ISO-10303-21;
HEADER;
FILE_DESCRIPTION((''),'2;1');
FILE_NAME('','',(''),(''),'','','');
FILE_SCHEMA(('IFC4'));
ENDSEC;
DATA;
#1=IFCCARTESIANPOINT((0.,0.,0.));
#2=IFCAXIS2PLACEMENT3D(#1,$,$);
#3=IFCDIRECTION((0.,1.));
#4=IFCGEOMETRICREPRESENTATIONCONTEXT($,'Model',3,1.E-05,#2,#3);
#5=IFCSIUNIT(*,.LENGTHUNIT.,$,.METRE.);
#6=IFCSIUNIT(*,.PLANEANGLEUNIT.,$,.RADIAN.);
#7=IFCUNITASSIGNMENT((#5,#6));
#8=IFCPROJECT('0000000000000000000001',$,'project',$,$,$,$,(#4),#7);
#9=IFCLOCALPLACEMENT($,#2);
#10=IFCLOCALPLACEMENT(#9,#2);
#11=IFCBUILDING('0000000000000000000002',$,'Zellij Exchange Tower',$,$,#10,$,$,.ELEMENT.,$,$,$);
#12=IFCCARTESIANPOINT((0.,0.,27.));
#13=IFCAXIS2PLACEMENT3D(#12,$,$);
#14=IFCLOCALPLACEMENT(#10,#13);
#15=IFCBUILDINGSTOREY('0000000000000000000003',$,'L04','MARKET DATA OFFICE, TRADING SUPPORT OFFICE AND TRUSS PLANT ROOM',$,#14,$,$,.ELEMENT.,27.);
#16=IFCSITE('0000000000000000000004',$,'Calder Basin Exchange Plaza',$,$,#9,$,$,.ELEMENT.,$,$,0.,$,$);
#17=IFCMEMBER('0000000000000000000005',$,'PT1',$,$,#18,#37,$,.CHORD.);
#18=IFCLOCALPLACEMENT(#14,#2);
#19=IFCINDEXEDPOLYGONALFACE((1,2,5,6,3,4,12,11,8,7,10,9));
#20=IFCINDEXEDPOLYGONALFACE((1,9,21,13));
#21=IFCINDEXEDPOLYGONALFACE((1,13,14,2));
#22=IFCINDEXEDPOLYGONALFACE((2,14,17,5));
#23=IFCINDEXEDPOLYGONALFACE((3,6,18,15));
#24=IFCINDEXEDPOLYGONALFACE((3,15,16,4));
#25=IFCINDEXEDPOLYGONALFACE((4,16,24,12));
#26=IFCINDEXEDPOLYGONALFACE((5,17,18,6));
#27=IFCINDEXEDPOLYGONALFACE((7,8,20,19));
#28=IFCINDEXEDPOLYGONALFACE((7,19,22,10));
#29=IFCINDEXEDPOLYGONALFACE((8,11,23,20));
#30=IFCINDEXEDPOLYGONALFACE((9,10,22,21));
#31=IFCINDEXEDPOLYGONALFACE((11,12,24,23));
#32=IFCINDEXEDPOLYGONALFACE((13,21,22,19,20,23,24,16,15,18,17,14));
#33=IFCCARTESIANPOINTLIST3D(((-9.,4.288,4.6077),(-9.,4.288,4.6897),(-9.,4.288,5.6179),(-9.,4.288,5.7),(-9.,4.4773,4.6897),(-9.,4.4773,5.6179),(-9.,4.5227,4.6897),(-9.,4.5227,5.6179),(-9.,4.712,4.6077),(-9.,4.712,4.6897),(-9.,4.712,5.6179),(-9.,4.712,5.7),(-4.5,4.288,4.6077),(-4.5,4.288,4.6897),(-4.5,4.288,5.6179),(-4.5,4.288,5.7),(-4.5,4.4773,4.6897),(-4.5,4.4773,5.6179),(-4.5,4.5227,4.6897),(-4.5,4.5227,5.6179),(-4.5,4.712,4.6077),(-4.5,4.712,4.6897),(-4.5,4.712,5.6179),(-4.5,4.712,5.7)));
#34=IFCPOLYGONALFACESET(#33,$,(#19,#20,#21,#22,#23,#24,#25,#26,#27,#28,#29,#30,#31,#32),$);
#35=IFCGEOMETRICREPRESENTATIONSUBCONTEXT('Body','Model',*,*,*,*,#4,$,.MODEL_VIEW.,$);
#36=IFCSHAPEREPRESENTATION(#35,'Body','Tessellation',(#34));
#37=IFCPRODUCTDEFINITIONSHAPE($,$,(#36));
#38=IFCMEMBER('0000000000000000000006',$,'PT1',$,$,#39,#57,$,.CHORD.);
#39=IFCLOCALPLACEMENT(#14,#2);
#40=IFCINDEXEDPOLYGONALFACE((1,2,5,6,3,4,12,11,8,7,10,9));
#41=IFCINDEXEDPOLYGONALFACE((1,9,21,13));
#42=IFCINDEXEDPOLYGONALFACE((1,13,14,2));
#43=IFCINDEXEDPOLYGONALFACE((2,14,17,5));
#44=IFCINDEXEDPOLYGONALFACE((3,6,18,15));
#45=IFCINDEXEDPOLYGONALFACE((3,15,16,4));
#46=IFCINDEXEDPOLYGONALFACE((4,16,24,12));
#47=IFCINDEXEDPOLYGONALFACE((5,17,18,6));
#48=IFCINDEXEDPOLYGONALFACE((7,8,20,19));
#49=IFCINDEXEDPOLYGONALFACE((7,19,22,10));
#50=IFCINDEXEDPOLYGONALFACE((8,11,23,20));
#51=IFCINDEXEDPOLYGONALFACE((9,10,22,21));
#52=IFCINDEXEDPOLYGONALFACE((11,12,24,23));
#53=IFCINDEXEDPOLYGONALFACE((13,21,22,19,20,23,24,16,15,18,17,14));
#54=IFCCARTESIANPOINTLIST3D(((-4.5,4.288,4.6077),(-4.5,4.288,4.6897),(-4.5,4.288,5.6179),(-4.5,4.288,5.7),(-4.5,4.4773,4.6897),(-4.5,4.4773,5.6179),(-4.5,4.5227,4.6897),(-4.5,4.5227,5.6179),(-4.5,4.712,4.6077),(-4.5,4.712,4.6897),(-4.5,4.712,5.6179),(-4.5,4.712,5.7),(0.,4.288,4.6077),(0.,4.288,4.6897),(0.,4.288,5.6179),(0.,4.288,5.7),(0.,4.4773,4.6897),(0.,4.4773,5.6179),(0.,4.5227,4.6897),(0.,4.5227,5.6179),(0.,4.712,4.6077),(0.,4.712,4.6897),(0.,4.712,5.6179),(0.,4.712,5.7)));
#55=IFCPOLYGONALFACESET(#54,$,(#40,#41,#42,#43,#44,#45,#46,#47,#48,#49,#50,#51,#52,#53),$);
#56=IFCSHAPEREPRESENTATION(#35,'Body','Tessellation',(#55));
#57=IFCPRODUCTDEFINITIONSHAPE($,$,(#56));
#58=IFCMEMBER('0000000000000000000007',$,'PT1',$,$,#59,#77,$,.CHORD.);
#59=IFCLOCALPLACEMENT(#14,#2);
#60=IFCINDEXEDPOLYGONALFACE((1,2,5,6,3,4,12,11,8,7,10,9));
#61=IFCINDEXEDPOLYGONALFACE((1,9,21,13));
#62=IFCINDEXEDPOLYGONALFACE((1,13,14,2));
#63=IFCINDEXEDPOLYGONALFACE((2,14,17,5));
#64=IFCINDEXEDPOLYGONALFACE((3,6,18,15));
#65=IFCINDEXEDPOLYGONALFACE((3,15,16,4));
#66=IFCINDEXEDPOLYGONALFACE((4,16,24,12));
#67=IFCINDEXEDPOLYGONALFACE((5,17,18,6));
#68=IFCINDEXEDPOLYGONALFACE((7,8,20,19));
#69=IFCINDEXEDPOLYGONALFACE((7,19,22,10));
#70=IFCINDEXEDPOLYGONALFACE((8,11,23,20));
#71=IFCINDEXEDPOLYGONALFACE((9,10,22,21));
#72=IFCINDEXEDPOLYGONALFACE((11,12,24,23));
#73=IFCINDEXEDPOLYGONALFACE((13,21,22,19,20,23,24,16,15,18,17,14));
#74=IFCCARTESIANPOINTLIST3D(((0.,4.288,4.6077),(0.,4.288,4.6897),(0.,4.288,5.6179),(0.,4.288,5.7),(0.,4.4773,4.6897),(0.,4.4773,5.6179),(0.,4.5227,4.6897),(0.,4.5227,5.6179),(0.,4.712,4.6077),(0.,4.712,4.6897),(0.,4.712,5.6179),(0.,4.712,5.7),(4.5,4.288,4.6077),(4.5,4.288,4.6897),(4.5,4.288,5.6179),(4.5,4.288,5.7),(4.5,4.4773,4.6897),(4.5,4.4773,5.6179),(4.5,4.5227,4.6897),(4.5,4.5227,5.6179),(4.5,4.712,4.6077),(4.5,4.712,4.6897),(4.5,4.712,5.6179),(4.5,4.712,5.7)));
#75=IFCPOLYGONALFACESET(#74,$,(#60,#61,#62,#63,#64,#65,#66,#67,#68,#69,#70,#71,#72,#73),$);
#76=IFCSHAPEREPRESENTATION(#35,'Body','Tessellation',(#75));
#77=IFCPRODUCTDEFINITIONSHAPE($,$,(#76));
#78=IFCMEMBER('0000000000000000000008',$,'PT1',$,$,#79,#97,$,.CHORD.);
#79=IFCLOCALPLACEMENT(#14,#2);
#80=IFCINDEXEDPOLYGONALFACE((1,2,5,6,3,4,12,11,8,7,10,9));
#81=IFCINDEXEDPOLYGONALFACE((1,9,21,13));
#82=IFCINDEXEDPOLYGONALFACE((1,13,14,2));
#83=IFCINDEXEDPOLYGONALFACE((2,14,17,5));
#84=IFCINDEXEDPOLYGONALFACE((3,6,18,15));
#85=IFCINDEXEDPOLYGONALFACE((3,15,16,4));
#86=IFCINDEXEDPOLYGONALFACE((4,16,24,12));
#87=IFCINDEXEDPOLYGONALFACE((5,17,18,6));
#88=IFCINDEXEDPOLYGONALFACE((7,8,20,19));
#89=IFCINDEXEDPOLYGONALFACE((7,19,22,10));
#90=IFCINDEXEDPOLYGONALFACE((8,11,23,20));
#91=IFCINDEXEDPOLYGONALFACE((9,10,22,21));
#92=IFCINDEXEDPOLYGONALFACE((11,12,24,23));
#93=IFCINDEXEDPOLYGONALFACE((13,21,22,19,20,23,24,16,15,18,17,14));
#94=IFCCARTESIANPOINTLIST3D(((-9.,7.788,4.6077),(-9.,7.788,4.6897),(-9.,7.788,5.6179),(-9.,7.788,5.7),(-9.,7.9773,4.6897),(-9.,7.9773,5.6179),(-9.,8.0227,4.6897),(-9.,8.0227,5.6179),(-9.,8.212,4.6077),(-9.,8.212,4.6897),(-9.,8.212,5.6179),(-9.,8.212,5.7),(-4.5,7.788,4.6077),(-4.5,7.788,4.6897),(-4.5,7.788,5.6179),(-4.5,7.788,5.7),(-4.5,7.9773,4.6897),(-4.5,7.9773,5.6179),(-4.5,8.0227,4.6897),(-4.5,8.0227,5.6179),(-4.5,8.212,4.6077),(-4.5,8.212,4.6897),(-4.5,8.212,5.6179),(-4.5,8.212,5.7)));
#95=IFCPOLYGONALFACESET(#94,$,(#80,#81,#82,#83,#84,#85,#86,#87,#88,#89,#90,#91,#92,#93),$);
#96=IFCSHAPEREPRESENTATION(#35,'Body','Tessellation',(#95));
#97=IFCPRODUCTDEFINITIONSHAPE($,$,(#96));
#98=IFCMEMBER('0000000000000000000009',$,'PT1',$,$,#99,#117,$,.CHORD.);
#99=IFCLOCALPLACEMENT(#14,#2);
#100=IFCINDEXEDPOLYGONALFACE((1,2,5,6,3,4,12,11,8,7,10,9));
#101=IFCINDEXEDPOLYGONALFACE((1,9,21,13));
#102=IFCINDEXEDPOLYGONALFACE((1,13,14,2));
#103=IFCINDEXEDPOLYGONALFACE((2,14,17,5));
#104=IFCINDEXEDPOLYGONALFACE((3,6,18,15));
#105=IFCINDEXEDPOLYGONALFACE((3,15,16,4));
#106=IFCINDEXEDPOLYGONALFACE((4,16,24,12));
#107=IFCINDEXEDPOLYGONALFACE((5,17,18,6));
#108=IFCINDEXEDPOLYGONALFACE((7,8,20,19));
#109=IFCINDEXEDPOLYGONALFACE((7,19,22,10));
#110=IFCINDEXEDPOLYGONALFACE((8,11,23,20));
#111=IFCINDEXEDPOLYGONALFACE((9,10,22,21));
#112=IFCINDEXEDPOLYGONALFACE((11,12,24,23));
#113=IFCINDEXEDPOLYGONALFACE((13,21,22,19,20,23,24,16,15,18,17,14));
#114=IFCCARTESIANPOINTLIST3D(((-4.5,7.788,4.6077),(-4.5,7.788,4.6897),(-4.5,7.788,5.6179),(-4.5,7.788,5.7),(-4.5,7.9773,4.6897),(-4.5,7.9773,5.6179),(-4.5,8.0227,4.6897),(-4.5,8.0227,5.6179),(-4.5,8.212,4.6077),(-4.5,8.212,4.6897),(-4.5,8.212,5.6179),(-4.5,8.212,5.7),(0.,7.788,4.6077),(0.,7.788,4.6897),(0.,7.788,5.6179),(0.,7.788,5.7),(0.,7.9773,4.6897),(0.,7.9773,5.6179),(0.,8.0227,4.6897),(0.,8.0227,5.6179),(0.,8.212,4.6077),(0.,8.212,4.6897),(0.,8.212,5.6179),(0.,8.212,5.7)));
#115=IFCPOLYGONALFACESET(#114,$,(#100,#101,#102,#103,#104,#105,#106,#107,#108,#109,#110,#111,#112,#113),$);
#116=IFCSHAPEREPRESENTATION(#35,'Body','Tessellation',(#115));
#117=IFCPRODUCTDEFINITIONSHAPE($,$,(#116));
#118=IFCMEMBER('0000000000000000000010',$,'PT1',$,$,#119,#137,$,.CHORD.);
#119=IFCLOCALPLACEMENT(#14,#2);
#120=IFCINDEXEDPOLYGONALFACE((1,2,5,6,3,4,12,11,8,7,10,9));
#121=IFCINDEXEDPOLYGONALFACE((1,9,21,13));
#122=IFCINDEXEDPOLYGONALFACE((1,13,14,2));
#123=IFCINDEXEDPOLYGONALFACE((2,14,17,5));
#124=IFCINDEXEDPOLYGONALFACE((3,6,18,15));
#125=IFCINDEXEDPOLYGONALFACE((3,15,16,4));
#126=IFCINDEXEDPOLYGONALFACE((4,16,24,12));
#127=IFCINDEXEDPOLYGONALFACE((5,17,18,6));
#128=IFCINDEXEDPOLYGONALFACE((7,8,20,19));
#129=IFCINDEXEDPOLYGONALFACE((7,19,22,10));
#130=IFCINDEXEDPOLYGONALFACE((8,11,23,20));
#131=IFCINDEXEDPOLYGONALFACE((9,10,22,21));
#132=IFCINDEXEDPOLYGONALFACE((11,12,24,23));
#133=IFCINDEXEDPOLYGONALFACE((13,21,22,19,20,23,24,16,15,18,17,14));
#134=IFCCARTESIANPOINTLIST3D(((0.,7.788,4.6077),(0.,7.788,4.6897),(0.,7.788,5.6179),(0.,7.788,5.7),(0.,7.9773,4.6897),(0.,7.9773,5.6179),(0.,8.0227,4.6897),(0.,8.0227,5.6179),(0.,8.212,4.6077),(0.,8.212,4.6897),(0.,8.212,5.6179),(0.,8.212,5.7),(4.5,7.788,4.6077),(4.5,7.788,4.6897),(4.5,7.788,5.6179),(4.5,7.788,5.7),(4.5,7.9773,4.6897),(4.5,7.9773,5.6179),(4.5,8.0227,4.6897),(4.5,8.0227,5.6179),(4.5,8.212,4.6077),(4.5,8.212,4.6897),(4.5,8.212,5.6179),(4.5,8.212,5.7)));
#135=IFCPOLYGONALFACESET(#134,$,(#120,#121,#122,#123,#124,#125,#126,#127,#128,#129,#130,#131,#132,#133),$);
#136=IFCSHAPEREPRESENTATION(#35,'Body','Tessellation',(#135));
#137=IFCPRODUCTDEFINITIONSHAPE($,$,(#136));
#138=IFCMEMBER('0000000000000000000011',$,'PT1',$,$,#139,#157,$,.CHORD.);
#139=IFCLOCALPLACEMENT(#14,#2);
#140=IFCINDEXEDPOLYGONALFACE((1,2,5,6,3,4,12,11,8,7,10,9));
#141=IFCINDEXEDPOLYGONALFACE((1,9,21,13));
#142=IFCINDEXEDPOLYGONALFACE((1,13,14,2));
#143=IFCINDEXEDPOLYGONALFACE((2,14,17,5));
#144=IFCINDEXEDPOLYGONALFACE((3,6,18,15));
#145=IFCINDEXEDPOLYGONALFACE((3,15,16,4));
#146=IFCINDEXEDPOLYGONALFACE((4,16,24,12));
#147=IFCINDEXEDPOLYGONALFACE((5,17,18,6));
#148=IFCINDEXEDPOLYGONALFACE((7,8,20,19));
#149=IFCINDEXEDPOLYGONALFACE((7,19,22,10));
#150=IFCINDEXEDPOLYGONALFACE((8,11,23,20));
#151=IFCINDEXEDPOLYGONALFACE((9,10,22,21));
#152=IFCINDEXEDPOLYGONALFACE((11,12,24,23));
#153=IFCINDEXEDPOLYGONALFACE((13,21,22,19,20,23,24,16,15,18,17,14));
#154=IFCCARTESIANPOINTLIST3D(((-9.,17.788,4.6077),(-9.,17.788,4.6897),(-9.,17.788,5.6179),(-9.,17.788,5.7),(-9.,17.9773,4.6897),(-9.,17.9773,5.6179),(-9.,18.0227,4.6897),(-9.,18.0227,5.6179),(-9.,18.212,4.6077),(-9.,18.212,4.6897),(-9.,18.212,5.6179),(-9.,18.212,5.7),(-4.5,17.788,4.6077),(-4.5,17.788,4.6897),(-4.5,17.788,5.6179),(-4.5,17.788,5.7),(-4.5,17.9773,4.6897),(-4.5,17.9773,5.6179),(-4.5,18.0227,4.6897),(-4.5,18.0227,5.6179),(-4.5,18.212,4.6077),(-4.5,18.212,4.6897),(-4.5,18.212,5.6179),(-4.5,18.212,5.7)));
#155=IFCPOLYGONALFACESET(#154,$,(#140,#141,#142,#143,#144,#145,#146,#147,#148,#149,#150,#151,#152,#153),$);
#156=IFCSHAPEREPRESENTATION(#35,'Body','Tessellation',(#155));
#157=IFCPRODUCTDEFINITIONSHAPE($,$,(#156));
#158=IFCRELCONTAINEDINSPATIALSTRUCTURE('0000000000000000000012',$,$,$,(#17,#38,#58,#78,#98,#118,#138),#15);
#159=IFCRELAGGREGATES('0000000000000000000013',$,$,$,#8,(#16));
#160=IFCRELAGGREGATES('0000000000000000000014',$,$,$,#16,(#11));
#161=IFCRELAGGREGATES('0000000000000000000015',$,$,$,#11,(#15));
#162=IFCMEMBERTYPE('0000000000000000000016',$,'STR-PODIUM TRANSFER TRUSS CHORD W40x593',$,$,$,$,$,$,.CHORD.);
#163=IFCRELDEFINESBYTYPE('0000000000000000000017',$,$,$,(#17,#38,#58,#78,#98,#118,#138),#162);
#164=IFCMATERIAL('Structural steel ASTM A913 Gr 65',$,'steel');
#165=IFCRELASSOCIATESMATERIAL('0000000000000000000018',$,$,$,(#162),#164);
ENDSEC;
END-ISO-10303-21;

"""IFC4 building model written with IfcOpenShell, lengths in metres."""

from ifc_helpers import new_model, si_unit, direction, frame, origin, origin_2d, place, context, subcontext, project, spatial, i_section, extrude, material, material_profile, profile_set, type_object, element, save


model = new_model("IFC4")

# Units and contexts
model_context = context("Model", 3, precision=1e-05, world=origin(), true_north=direction((0.0, 1.0)))
body_context = subcontext(model_context, "Body", "Model", "MODEL_VIEW")
ifc_project = project(units=[si_unit("LENGTHUNIT", "METRE"), si_unit("PLANEANGLEUNIT", "RADIAN")], contexts=[model_context])

# Site, building, storey
site_placement = place(None, origin())
site = spatial("IfcSite", under=ifc_project, at=site_placement, Name="Calder Basin Exchange Plaza", CompositionType="ELEMENT", RefElevation=0.0)
building_placement = place(site_placement, origin())
building = spatial("IfcBuilding", under=site, at=building_placement, Name="Zellij Exchange Tower", CompositionType="ELEMENT")
storey_placement = place(building_placement, frame((0.0, 0.0, 27.0)))
storey = spatial("IfcBuildingStorey", under=building, at=storey_placement, Name="L04", Description="MARKET DATA OFFICE, TRADING SUPPORT OFFICE AND TRUSS PLANT ROOM", CompositionType="ELEMENT", Elevation=27.0)

# Members
ifc_material_1 = material(Name="Structural steel ASTM A913 Gr 65", Category="steel")
ifc_material_profile_1 = material_profile(ifc_material_1, i_section(OverallWidth=0.4241, OverallDepth=1.0923, WebThickness=0.0454, FlangeThickness=0.082, at=origin_2d()), Name="W40x593")
ifc_profile_set_1 = profile_set([ifc_material_profile_1], Name="Structural steel ASTM A913 Gr 65")
member_type_1 = type_object("IfcMemberType", Name="STR-PODIUM TRANSFER TRUSS CHORD W40x593", PredefinedType="CHORD", material=ifc_profile_set_1)
for number, where, z_axis, x_axis, name in (
    (1, (-9.0, 4.5, 5.1538), (1.0, 0.0, 0.0), (0.0, 1.0, 0.0), "PT1"),
    (2, (-4.5, 4.5, 5.1538), (1.0, 0.0, 0.0), (0.0, 1.0, 0.0), "PT1"),
    (3, (0.0, 4.5, 5.1538), (1.0, 0.0, 0.0), (0.0, 1.0, 0.0), "PT1"),
    (4, (-9.0, 8.0, 5.1538), (1.0, 0.0, 0.0), (0.0, 1.0, 0.0), "PT1"),
    (5, (-4.5, 8.0, 5.1538), (1.0, 0.0, 0.0), (0.0, 1.0, 0.0), "PT1"),
    (6, (0.0, 8.0, 5.1538), (1.0, 0.0, 0.0), (0.0, 1.0, 0.0), "PT1"),
    (7, (-9.0, 18.0, 5.1538), (1.0, 0.0, 0.0), (0.0, 1.0, 0.0), "PT1"),
):
    element("IfcMember", number, at=place(storey_placement, frame(where, z_axis=z_axis, x_axis=x_axis)), inside=storey, type_object=member_type_1, Name=name, PredefinedType="CHORD", context=body_context, shape_type="SweptSolid", body=[
        extrude(i_section(OverallWidth=0.4241, OverallDepth=1.0923, WebThickness=0.0454, FlangeThickness=0.082, at=origin_2d()), origin(), (0.0, 0.0, 1.0), 4.5),
    ])

save(model, "model.ifc")
